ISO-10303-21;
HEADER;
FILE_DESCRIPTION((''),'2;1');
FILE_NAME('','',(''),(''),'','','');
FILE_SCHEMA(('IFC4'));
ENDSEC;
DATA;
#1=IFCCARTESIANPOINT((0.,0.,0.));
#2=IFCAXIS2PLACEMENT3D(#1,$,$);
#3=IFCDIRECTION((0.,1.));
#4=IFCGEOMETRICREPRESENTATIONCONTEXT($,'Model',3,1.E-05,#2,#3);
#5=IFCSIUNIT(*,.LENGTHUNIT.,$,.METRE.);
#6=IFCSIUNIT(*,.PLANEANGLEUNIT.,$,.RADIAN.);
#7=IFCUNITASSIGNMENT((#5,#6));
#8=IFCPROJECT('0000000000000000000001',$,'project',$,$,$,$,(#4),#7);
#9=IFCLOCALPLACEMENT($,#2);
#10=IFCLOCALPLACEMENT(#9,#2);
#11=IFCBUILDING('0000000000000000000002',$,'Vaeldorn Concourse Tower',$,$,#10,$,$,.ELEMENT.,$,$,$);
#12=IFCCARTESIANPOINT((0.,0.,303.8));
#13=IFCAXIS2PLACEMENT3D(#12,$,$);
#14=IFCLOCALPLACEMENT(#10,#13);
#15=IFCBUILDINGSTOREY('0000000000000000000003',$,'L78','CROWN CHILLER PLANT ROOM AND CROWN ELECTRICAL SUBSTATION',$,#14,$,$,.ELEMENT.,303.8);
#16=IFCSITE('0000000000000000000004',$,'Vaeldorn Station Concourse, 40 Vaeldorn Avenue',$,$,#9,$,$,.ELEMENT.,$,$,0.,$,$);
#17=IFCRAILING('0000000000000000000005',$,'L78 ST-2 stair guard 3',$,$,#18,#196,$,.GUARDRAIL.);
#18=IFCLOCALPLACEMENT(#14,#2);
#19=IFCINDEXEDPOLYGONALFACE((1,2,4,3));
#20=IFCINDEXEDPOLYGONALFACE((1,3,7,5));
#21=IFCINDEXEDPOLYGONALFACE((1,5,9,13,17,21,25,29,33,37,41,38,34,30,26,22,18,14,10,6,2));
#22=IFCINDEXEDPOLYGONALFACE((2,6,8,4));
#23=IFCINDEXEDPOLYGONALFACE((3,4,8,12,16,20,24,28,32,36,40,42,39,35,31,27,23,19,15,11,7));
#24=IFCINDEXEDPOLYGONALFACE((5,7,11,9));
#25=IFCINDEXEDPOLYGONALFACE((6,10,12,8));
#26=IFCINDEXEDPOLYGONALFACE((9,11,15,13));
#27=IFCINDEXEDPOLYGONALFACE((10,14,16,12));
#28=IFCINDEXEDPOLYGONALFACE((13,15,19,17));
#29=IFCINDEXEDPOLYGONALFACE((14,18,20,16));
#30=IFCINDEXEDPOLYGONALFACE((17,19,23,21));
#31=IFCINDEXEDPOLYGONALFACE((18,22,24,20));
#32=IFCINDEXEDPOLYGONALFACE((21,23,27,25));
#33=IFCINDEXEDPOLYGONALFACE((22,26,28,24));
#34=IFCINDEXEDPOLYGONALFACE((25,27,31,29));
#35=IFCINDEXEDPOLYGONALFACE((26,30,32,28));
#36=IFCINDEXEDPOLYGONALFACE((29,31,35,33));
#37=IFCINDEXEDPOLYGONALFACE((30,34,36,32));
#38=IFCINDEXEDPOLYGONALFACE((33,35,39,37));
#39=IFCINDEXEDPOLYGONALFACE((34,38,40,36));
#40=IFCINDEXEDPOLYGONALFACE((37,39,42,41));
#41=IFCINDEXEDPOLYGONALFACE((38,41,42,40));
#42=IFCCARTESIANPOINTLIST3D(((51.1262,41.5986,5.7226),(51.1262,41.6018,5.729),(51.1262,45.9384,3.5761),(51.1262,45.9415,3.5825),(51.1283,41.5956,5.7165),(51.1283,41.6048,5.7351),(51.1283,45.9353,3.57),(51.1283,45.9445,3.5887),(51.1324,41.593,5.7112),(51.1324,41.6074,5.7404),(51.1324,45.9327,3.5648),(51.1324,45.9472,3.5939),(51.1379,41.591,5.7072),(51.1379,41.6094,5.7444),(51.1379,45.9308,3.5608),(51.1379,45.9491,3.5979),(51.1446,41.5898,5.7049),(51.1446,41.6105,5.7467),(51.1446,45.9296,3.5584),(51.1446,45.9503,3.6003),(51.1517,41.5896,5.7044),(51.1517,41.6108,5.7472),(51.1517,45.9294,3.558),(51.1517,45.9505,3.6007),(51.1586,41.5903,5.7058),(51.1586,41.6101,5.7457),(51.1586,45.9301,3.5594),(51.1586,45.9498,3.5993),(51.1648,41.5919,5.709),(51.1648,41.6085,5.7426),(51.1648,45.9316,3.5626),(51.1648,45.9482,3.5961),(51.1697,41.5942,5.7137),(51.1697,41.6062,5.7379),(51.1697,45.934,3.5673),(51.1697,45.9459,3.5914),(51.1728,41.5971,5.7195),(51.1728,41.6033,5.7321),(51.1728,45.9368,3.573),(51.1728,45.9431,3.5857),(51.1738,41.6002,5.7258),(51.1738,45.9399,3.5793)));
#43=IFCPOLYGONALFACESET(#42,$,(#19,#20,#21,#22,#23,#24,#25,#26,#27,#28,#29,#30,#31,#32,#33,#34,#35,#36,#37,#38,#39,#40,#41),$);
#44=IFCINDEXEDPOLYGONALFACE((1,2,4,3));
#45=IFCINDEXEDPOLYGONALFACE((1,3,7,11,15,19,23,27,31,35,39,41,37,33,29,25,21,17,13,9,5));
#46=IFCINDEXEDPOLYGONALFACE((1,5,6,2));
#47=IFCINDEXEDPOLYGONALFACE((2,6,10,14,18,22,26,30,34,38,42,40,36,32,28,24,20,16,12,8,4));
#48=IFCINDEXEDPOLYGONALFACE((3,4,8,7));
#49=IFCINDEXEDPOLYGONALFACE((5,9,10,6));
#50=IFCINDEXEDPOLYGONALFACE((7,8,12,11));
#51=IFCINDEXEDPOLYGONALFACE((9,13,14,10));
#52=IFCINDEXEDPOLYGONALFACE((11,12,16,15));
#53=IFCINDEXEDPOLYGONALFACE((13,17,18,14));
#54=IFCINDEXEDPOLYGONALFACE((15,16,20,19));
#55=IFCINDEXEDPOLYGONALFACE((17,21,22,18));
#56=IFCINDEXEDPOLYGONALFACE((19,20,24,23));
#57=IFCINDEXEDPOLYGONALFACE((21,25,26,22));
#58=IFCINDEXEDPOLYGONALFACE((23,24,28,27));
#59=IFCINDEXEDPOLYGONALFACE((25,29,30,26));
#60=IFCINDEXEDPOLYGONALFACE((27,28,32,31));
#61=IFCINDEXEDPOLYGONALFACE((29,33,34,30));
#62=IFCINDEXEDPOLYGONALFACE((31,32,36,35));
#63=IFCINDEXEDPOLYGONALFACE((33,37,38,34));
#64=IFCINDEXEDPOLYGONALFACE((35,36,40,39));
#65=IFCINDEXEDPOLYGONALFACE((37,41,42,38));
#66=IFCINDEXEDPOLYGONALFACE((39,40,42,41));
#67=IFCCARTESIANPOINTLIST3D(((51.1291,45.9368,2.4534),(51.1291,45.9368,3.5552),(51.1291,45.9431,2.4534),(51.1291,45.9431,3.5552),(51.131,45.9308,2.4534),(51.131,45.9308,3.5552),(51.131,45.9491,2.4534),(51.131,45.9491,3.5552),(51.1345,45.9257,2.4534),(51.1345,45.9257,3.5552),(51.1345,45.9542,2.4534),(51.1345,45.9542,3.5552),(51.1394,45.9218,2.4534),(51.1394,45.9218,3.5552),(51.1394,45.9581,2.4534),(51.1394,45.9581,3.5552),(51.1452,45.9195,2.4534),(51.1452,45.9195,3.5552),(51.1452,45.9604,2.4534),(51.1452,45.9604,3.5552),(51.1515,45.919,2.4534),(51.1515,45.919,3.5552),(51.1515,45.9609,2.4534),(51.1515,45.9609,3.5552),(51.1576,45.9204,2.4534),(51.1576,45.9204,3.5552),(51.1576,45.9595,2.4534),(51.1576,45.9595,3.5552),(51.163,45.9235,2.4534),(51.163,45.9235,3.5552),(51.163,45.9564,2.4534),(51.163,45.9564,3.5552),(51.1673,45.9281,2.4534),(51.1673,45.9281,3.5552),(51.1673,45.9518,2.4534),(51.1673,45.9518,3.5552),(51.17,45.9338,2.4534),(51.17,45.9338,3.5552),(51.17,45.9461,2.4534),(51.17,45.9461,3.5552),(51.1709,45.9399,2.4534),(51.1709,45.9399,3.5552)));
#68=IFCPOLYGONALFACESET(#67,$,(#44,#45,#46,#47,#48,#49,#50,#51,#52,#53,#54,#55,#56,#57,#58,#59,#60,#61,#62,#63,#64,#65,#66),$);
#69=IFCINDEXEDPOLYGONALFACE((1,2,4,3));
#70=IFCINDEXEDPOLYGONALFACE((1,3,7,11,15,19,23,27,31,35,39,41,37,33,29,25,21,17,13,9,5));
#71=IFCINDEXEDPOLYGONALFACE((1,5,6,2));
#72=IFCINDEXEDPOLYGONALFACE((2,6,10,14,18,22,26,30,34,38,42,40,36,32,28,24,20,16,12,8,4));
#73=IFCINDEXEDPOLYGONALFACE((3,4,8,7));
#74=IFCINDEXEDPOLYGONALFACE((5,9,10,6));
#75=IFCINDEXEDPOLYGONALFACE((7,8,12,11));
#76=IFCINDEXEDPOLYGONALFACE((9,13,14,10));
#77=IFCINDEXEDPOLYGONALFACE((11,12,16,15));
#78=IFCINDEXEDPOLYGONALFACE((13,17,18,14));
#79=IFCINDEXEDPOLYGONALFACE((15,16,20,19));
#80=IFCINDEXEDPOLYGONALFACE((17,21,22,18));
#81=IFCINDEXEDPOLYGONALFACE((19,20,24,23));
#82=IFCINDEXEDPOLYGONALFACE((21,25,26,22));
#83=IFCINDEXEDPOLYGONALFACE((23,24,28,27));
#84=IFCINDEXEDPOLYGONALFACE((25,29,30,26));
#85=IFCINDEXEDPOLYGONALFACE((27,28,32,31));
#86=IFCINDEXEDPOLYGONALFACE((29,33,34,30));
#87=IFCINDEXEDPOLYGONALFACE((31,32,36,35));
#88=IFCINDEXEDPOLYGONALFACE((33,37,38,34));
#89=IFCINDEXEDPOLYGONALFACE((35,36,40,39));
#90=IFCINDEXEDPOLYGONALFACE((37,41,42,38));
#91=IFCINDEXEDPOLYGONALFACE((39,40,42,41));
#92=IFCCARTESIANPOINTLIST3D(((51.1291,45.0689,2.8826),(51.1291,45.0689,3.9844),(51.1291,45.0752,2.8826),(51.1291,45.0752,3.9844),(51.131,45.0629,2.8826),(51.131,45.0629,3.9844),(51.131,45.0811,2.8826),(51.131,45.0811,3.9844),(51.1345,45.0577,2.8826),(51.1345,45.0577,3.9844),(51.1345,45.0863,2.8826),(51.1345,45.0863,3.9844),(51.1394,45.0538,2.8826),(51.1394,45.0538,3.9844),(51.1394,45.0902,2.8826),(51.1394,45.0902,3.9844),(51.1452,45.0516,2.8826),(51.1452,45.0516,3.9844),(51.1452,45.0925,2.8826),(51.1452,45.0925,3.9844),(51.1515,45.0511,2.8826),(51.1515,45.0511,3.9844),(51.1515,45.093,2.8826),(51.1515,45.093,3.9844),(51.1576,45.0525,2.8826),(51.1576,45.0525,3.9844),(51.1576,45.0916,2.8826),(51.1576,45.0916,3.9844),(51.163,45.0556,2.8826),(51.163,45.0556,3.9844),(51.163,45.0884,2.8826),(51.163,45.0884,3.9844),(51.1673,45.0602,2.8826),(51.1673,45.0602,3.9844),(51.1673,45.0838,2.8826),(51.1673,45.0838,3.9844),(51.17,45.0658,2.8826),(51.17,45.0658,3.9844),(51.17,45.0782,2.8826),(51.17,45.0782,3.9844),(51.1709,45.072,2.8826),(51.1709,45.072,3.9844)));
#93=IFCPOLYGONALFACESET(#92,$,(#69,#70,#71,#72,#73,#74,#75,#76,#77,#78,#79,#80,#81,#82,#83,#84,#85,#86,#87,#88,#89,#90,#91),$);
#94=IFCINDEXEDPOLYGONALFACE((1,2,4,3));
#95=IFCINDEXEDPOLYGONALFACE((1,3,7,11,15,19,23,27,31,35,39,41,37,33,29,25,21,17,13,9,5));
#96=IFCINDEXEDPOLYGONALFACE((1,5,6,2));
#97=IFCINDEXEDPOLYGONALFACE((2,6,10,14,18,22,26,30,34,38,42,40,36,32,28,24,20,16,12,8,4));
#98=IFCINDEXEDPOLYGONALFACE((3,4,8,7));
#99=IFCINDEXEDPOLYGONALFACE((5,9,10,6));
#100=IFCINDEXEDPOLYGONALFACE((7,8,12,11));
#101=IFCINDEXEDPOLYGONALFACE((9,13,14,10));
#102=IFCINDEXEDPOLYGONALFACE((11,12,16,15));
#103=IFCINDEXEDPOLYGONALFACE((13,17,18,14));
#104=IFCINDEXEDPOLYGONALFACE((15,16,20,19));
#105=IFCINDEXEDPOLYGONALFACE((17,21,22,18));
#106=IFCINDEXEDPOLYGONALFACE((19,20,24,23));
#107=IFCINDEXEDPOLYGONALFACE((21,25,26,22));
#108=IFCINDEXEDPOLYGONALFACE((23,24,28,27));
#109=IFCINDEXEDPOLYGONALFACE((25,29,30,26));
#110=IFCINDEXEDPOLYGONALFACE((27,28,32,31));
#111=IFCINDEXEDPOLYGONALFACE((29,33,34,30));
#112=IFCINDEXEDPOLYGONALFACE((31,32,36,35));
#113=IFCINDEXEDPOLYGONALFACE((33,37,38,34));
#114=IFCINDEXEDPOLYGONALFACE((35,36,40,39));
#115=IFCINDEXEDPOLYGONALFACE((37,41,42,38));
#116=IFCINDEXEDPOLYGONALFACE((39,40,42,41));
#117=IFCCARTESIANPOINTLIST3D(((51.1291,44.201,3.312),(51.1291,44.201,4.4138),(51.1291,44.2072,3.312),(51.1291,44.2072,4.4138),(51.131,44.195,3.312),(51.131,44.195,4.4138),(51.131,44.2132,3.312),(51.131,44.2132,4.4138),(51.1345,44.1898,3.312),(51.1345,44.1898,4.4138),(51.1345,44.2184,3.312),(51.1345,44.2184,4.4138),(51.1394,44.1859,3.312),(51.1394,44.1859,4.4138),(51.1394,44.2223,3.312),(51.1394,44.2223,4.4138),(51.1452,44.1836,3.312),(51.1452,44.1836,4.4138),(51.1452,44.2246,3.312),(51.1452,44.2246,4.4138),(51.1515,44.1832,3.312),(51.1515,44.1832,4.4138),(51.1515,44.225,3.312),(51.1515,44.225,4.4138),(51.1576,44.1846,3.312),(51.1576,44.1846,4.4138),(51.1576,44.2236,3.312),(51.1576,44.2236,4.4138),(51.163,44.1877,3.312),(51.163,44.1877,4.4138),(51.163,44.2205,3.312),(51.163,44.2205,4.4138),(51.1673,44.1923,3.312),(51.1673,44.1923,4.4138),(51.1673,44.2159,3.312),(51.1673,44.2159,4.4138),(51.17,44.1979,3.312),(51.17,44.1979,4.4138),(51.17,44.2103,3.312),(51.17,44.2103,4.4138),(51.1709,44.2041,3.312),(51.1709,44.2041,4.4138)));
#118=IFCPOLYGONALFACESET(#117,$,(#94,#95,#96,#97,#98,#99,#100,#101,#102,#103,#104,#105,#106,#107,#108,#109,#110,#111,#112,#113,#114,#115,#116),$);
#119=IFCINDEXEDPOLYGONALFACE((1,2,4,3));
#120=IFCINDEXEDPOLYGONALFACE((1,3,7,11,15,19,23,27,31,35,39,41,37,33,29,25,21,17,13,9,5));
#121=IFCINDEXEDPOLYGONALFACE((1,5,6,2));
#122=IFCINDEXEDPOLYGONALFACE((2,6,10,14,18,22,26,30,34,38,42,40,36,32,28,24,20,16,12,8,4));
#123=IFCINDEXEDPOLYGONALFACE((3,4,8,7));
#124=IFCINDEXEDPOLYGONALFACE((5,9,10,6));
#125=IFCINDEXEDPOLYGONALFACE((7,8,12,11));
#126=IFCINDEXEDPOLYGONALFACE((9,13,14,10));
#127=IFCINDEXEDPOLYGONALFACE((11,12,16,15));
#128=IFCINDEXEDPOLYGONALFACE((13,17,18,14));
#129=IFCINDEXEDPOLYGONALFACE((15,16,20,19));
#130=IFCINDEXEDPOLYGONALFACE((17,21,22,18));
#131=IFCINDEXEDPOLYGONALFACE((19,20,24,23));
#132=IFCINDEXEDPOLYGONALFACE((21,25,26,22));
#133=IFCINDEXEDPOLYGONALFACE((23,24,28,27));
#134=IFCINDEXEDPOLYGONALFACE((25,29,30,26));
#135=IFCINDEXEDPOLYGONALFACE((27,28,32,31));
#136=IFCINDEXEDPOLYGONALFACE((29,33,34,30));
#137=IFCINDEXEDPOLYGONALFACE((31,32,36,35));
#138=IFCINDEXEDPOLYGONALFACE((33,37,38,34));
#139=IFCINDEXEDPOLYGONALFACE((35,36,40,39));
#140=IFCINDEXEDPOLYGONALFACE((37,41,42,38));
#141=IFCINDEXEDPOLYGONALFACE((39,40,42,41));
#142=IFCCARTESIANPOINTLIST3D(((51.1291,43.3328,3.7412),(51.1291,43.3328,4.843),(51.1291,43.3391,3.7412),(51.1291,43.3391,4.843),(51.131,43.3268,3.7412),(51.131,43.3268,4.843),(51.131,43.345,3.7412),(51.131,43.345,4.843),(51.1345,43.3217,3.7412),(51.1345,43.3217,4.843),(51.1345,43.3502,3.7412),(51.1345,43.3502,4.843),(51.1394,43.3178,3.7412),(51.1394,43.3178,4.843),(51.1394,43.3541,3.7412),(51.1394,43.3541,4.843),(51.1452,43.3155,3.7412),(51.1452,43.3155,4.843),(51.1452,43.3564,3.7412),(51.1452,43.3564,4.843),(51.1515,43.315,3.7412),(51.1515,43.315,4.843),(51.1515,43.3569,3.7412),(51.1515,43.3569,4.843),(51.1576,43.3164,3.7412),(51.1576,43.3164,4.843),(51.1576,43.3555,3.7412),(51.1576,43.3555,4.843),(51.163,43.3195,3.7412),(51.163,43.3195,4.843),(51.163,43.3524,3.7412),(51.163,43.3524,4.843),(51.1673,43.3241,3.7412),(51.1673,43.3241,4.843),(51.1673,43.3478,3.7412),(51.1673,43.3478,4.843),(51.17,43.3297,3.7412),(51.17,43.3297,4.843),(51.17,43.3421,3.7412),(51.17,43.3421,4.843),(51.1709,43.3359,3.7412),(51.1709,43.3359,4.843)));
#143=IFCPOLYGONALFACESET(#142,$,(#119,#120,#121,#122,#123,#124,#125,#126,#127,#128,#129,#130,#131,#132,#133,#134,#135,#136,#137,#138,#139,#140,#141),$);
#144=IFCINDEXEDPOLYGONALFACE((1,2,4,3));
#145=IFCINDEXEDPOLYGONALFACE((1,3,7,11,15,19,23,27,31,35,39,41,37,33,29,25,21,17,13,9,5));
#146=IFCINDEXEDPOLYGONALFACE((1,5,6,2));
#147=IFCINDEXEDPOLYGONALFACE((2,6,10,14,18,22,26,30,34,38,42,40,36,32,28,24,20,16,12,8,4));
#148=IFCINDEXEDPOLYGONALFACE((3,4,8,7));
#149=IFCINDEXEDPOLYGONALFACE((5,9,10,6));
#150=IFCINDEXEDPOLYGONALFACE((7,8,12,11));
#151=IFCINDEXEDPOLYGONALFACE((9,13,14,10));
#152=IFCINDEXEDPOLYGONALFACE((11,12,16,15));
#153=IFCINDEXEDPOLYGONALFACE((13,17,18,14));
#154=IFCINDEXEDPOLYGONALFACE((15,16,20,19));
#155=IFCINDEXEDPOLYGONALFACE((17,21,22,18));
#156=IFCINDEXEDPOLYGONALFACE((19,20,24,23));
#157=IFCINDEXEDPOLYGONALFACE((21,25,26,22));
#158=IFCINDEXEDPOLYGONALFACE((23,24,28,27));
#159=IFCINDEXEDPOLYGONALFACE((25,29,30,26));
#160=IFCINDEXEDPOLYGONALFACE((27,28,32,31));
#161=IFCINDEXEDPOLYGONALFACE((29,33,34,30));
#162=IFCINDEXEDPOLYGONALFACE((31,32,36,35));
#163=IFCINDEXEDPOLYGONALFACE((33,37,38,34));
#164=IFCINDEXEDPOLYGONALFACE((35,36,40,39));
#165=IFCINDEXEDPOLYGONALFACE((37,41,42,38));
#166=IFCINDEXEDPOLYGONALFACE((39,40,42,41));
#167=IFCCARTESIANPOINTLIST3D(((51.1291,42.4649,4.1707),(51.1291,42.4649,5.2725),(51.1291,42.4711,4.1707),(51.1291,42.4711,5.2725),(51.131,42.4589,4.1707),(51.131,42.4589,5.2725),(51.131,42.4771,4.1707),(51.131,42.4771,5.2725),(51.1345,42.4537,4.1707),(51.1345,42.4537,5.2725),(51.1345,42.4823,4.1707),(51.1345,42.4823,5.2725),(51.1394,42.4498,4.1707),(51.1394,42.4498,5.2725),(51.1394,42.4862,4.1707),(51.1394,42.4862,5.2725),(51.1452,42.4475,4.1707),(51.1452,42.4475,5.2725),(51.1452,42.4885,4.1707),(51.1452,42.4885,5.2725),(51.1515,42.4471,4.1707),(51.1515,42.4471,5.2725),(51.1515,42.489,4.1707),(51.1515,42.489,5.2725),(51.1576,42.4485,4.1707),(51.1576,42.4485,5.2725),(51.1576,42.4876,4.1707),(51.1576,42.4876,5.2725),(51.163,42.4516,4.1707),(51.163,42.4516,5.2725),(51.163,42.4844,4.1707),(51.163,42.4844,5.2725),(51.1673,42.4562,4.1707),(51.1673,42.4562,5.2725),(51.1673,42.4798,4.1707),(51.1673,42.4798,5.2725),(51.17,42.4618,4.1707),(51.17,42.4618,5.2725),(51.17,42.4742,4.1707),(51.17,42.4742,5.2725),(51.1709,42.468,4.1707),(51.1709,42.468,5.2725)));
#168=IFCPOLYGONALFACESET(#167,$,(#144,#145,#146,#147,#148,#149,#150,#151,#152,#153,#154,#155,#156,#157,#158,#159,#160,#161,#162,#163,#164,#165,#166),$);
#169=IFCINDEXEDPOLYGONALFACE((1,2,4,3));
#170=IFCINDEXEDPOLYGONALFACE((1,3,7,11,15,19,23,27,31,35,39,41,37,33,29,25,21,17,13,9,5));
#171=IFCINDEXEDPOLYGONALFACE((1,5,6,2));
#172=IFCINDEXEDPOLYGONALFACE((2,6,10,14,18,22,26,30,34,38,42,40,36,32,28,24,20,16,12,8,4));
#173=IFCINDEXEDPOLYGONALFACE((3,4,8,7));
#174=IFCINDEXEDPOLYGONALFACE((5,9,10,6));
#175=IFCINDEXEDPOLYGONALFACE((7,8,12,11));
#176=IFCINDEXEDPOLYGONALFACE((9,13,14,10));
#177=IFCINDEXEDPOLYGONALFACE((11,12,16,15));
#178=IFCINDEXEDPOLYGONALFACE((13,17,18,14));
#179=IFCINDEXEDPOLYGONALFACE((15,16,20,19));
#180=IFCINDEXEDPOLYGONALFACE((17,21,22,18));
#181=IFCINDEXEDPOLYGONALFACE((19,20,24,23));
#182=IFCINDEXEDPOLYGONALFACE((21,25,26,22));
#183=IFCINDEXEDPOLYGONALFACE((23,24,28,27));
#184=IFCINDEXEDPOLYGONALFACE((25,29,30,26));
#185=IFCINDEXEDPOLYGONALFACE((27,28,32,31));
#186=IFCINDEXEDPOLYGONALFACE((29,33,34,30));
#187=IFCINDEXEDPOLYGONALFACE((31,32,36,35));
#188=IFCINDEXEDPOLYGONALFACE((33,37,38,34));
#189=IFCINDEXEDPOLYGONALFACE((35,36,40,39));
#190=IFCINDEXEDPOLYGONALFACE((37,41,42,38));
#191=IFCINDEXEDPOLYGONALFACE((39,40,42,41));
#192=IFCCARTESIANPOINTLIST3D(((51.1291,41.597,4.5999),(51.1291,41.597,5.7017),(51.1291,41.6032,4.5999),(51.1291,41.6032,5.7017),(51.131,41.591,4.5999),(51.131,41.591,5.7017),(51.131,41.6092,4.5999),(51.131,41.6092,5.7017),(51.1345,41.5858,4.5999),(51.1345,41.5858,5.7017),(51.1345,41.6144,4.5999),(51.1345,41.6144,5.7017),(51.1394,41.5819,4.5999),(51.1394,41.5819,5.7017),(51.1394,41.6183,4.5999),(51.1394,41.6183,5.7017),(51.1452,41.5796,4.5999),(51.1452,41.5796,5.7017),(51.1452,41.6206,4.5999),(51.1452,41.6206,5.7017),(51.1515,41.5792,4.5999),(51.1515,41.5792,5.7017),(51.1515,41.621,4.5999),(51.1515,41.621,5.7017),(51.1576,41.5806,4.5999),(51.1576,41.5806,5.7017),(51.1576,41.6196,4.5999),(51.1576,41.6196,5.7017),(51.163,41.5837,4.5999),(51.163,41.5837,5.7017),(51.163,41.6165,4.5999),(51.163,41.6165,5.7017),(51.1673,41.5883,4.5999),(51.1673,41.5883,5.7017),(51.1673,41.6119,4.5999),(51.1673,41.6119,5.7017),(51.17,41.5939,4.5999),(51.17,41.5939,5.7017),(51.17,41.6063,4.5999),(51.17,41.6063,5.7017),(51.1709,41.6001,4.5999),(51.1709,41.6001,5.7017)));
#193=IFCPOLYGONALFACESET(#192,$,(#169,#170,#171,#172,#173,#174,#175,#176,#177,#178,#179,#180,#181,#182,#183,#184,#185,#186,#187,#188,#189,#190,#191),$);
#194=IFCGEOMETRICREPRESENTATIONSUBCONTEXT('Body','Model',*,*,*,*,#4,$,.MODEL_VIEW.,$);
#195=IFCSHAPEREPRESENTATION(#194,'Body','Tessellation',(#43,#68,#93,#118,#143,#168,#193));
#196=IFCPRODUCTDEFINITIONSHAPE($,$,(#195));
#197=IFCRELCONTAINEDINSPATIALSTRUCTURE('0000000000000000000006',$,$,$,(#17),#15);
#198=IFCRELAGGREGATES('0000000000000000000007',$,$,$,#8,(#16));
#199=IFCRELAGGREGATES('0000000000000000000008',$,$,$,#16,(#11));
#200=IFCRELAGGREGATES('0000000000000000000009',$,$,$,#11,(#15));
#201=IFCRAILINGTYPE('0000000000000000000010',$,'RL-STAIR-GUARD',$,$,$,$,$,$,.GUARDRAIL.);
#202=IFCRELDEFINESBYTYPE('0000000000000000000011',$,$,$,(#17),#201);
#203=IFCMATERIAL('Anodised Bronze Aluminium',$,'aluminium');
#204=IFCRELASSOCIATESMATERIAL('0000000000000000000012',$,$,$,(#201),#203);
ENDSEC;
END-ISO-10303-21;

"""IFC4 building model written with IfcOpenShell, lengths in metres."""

from ifc_helpers import new_model, si_unit, direction, frame, origin, origin_2d, place, context, subcontext, project, spatial, circle, extrude, material, type_object, element, save


model = new_model("IFC4")

# Units and contexts
model_context = context("Model", 3, precision=1e-05, world=origin(), true_north=direction((0.0, 1.0)))
body_context = subcontext(model_context, "Body", "Model", "MODEL_VIEW")
ifc_project = project(units=[si_unit("LENGTHUNIT", "METRE"), si_unit("PLANEANGLEUNIT", "RADIAN")], contexts=[model_context])

# Site, building, storey
site_placement = place(None, origin())
site = spatial("IfcSite", under=ifc_project, at=site_placement, Name="Vaeldorn Station Concourse, 40 Vaeldorn Avenue", CompositionType="ELEMENT", RefElevation=0.0)
building_placement = place(site_placement, origin())
building = spatial("IfcBuilding", under=site, at=building_placement, Name="Vaeldorn Concourse Tower", CompositionType="ELEMENT")
storey_placement = place(building_placement, frame((0.0, 0.0, 303.8)))
storey = spatial("IfcBuildingStorey", under=building, at=storey_placement, Name="L78", Description="CROWN CHILLER PLANT ROOM AND CROWN ELECTRICAL SUBSTATION", CompositionType="ELEMENT", Elevation=303.8)

# Shared definitions
ifc_material_1 = material(Name="Anodised Bronze Aluminium", Category="aluminium")

# Railing
railing_type_1 = type_object("IfcRailingType", Name="RL-STAIR-GUARD", PredefinedType="GUARDRAIL", material=ifc_material_1)
railing_1_placement = place(storey_placement, frame((51.1499, 45.9399, 2.4534)))
element("IfcRailing", 1, at=railing_1_placement, inside=storey, type_object=railing_type_1, Name="L78 ST-2 stair guard 3", PredefinedType="GUARDRAIL", context=body_context, shape_type="SweptSolid", body=[
    extrude(circle(Radius=0.0239, at=origin_2d()), frame((0.0, 0.0, 1.126), z_axis=(0.0, -0.896355, 0.443337), x_axis=(1.0, 0.0, 0.0)), (0.0, 0.0, 1.0), 4.8416),
    extrude(circle(Radius=0.021, at=origin_2d()), origin(), (0.0, 0.0, 1.0), 1.1018),
    extrude(circle(Radius=0.021, at=origin_2d()), frame((0.0, -0.8679, 0.4292)), (0.0, 0.0, 1.0), 1.1018),
    extrude(circle(Radius=0.021, at=origin_2d()), frame((0.0, -1.7358, 0.8586)), (0.0, 0.0, 1.0), 1.1018),
    extrude(circle(Radius=0.021, at=origin_2d()), frame((0.0, -2.604, 1.2878)), (0.0, 0.0, 1.0), 1.1018),
    extrude(circle(Radius=0.021, at=origin_2d()), frame((0.0, -3.4719, 1.7173)), (0.0, 0.0, 1.0), 1.1018),
    extrude(circle(Radius=0.021, at=origin_2d()), frame((0.0, -4.3398, 2.1465)), (0.0, 0.0, 1.0), 1.1018),
])

save(model, "model.ifc")
